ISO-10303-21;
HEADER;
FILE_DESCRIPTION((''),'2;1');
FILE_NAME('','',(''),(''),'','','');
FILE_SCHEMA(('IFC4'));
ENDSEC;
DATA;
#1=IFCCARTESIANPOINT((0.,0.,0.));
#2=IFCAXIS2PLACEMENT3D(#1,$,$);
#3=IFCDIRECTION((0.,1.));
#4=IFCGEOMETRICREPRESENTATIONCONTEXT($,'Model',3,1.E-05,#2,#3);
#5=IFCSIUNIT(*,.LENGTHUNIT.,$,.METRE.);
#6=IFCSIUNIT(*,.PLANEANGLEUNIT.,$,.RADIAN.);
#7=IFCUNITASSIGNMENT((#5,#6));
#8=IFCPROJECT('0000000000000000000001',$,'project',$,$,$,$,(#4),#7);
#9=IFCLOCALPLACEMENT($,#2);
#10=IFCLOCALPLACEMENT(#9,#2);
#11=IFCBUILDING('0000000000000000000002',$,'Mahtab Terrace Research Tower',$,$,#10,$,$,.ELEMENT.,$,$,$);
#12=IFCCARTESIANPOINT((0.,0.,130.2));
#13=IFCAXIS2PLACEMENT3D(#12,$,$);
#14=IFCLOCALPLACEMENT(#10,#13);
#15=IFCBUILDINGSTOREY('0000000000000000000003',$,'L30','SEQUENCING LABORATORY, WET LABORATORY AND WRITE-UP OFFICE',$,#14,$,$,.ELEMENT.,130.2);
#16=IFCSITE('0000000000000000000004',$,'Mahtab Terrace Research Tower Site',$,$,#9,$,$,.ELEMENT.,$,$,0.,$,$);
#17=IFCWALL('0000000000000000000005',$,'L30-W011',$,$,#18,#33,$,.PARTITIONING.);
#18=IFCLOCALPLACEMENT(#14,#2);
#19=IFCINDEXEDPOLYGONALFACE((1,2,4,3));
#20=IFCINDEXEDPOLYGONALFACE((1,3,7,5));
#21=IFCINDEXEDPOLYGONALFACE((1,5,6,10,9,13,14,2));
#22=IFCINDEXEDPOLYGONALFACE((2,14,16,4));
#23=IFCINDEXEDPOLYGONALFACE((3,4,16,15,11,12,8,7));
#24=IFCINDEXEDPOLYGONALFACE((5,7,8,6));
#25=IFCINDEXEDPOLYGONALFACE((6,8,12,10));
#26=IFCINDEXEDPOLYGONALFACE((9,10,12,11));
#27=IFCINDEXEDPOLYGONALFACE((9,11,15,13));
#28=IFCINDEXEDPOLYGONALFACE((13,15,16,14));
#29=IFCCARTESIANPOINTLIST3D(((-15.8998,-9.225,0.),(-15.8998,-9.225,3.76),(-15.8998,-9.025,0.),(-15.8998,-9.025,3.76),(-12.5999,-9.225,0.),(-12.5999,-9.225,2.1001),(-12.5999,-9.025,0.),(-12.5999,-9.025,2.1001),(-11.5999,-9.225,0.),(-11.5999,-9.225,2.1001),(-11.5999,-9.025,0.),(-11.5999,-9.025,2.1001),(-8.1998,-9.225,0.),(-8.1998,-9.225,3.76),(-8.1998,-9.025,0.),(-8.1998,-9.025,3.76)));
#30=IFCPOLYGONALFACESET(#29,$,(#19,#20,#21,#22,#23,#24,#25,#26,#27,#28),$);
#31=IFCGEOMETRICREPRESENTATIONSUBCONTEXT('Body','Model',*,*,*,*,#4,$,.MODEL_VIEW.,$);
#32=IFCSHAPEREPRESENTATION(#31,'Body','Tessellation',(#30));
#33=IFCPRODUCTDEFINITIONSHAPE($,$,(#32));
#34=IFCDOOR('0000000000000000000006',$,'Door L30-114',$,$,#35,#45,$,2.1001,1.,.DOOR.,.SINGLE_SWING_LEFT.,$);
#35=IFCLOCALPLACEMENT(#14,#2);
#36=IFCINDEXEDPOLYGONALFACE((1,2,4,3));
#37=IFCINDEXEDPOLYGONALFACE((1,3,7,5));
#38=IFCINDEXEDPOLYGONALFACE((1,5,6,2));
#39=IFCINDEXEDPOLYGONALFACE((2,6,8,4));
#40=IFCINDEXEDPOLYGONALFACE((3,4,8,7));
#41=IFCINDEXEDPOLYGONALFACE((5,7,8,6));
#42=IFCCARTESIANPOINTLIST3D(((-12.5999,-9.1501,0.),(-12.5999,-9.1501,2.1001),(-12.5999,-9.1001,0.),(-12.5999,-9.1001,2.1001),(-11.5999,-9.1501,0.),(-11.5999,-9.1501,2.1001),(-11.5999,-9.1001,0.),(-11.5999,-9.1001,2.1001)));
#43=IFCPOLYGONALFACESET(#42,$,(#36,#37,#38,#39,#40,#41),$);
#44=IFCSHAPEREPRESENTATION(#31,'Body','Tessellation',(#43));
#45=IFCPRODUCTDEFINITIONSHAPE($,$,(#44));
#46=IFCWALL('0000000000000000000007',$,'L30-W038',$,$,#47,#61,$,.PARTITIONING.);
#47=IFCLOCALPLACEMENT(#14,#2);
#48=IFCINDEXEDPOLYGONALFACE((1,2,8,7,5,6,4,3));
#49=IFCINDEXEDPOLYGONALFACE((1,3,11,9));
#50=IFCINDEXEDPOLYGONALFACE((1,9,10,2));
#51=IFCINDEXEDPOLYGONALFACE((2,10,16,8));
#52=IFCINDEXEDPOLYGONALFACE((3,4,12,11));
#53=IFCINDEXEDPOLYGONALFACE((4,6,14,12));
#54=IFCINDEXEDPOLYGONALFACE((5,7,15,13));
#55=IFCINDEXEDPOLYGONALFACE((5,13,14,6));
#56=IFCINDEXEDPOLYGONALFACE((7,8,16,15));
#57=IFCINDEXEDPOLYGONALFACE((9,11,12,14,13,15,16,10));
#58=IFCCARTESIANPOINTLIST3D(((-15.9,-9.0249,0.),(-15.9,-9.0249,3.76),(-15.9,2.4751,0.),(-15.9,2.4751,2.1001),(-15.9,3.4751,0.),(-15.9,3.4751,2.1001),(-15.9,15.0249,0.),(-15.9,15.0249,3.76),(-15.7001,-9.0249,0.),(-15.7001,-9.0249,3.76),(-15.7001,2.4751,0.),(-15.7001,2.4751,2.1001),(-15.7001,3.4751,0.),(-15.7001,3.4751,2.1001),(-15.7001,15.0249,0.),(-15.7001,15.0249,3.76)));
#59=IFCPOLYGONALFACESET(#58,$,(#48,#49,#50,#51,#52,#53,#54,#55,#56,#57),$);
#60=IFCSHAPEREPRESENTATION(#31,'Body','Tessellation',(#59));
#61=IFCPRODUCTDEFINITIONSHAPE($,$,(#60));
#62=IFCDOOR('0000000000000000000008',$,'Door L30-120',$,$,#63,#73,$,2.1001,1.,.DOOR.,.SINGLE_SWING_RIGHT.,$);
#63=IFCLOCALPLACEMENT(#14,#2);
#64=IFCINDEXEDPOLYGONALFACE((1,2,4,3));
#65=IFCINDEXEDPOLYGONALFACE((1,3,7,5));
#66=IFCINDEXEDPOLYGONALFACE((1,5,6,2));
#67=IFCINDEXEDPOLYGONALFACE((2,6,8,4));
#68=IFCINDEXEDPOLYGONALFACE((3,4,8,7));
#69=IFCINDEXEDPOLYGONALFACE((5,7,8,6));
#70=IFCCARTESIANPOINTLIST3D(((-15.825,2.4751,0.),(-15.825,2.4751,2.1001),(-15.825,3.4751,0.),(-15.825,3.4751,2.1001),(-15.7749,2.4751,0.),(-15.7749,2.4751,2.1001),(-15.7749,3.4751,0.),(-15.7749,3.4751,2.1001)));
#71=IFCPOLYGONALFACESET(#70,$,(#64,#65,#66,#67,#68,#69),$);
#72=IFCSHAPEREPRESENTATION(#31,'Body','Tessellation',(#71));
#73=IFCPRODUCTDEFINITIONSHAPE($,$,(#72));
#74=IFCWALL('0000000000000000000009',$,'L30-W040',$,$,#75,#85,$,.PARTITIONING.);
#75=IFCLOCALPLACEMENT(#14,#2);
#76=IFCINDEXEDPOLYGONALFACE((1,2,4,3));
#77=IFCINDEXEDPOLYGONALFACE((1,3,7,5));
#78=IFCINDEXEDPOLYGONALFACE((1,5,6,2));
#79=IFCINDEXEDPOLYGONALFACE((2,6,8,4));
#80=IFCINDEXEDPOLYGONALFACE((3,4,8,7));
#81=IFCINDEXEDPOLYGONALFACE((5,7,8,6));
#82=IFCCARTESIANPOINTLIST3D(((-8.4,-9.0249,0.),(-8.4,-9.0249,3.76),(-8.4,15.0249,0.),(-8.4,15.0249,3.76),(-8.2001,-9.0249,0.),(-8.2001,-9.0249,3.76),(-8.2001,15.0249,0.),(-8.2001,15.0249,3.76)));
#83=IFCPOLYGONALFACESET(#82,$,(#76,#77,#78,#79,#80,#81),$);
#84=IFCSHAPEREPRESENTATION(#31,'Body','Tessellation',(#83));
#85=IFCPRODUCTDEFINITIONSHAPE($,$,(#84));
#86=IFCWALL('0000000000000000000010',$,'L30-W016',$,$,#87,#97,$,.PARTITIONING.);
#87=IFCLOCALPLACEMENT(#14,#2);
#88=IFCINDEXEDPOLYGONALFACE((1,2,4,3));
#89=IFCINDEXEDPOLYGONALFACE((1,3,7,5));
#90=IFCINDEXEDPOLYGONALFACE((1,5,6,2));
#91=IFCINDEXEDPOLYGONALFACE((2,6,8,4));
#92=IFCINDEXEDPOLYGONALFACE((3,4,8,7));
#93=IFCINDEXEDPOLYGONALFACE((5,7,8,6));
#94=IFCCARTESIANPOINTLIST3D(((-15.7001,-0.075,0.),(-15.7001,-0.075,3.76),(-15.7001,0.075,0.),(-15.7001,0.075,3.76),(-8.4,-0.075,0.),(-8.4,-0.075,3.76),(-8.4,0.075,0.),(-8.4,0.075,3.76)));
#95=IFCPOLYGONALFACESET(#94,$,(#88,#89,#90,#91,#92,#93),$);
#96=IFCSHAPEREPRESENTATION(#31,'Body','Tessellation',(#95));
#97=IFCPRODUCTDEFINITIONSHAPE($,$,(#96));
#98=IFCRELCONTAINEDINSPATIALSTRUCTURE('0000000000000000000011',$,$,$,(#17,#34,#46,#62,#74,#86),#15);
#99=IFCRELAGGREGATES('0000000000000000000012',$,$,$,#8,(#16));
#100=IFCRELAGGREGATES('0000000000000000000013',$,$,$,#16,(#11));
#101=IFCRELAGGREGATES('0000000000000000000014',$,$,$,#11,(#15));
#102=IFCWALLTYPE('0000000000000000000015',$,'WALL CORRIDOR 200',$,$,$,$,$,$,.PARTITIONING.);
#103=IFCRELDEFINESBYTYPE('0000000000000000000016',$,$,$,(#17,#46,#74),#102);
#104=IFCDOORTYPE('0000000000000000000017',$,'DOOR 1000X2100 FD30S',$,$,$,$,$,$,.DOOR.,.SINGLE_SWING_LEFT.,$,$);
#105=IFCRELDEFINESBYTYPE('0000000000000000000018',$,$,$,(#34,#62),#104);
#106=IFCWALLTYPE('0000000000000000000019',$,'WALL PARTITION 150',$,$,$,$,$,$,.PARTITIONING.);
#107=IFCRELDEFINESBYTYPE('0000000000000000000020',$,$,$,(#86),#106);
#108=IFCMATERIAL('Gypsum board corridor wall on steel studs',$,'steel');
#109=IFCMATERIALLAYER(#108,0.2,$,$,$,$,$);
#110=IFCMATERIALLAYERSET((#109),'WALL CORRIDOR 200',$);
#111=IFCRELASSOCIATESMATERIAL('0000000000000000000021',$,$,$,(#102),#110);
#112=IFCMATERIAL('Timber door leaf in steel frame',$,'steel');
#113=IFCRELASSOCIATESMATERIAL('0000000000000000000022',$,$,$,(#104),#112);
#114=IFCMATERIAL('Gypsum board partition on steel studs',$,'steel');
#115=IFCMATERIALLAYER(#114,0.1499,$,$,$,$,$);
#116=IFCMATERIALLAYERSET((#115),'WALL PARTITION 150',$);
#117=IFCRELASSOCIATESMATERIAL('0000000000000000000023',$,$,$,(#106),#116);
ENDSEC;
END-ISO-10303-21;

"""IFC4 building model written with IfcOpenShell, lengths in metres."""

from ifc_helpers import new_model, si_unit, direction, frame, frame_2d, origin, place, context, subcontext, project, spatial, rectangle, extrude, material, layer, layer_set, type_object, element, fill, save


model = new_model("IFC4")

# Units and contexts
model_context = context("Model", 3, precision=1e-05, world=origin(), true_north=direction((0.0, 1.0)))
body_context = subcontext(model_context, "Body", "Model", "MODEL_VIEW")
ifc_project = project(units=[si_unit("LENGTHUNIT", "METRE"), si_unit("PLANEANGLEUNIT", "RADIAN")], contexts=[model_context])

# Site, building, storey
site_placement = place(None, origin())
site = spatial("IfcSite", under=ifc_project, at=site_placement, Name="Mahtab Terrace Research Tower Site", CompositionType="ELEMENT", RefElevation=0.0)
building_placement = place(site_placement, origin())
building = spatial("IfcBuilding", under=site, at=building_placement, Name="Mahtab Terrace Research Tower", CompositionType="ELEMENT")
storey_placement = place(building_placement, frame((0.0, 0.0, 130.2)))
storey = spatial("IfcBuildingStorey", under=building, at=storey_placement, Name="L30", Description="SEQUENCING LABORATORY, WET LABORATORY AND WRITE-UP OFFICE", CompositionType="ELEMENT", Elevation=130.2)

# Walls, openings, doors
ifc_material_1 = material(Name="Gypsum board corridor wall on steel studs", Category="steel")
ifc_layer_1 = layer(ifc_material_1, 0.2)
ifc_layer_set_1 = layer_set([ifc_layer_1], Name="WALL CORRIDOR 200")
wall_type_1 = type_object("IfcWallType", Name="WALL CORRIDOR 200", PredefinedType="PARTITIONING", material=ifc_layer_set_1)
ifc_material_2 = material(Name="Timber door leaf in steel frame", Category="steel")
wall_1_placement = place(storey_placement, frame((-15.8999, -9.125, 0.0), z_axis=(0.0, 0.0, 1.0), x_axis=(1.0, 0.0, 0.0)))
wall_1 = element("IfcWall", 1, at=wall_1_placement, inside=storey, type_object=wall_type_1, Name="L30-W011", PredefinedType="PARTITIONING", context=body_context, shape_type="SweptSolid", body=[
    extrude(rectangle(XDim=7.7, YDim=0.2, at=frame_2d((3.8501, 0.0))), origin(), (0.0, 0.0, 1.0), 3.76),
])
opening_1_placement = place(wall_1_placement, frame((3.3, 0.0, 0.0)))
opening_1 = element("IfcOpeningElement", 2, at=opening_1_placement, cuts=wall_1, PredefinedType="OPENING", context=body_context, shape_type="SweptSolid", body=[
    extrude(rectangle(XDim=1.0, YDim=2.1001, at=frame_2d((0.5, 1.05))), frame((0.0, 0.1099, 0.0), z_axis=(0.0, -1.0, 0.0), x_axis=(1.0, 0.0, 0.0)), (0.0, 0.0, 1.0), 0.22),
])
door_type_1 = type_object("IfcDoorType", Name="DOOR 1000X2100 FD30S", OperationType="SINGLE_SWING_LEFT", PredefinedType="DOOR", material=ifc_material_2)
door_1_placement = place(opening_1_placement, origin())
door_1 = element("IfcDoor", 3, at=door_1_placement, inside=storey, type_object=door_type_1, Name="Door L30-114", OperationType="SINGLE_SWING_LEFT", OverallHeight=2.1001, OverallWidth=1.0, PredefinedType="DOOR", context=body_context, shape_type="SweptSolid", body=[
    extrude(rectangle(XDim=1.0, YDim=2.1001, at=frame_2d((0.5, 1.05))), frame((0.0, 0.0249, 0.0), z_axis=(0.0, -1.0, 0.0), x_axis=(1.0, 0.0, 0.0)), (0.0, 0.0, 1.0), 0.05),
])
fill(opening_1, door_1)
wall_2_placement = place(storey_placement, frame((-15.8, -9.0249, 0.0), z_axis=(0.0, 0.0, 1.0), x_axis=(0.0, 1.0, 0.0)))
wall_2 = element("IfcWall", 4, at=wall_2_placement, inside=storey, type_object=wall_type_1, Name="L30-W038", PredefinedType="PARTITIONING", context=body_context, shape_type="SweptSolid", body=[
    extrude(rectangle(XDim=24.0498, YDim=0.2, at=frame_2d((12.0249, 0.0))), origin(), (0.0, 0.0, 1.0), 3.76),
])
opening_2_placement = place(wall_2_placement, frame((11.5, 0.0, 0.0)))
opening_2 = element("IfcOpeningElement", 5, at=opening_2_placement, cuts=wall_2, PredefinedType="OPENING", context=body_context, shape_type="SweptSolid", body=[
    extrude(rectangle(XDim=1.0, YDim=2.1001, at=frame_2d((0.5, 1.05))), frame((0.0, 0.1099, 0.0), z_axis=(0.0, -1.0, 0.0), x_axis=(1.0, 0.0, 0.0)), (0.0, 0.0, 1.0), 0.22),
])
door_2_placement = place(opening_2_placement, origin())
door_2 = element("IfcDoor", 6, at=door_2_placement, inside=storey, type_object=door_type_1, Name="Door L30-120", OperationType="SINGLE_SWING_RIGHT", OverallHeight=2.1001, OverallWidth=1.0, PredefinedType="DOOR", context=body_context, shape_type="SweptSolid", body=[
    extrude(rectangle(XDim=1.0, YDim=2.1001, at=frame_2d((0.5, 1.05))), frame((0.0, 0.0249, 0.0), z_axis=(0.0, -1.0, 0.0), x_axis=(1.0, 0.0, 0.0)), (0.0, 0.0, 1.0), 0.05),
])
fill(opening_2, door_2)

# Walls
wall_3_placement = place(storey_placement, frame((-8.3, -9.0249, 0.0), z_axis=(0.0, 0.0, 1.0), x_axis=(0.0, 1.0, 0.0)))
element("IfcWall", 7, at=wall_3_placement, inside=storey, type_object=wall_type_1, Name="L30-W040", PredefinedType="PARTITIONING", context=body_context, shape_type="SweptSolid", body=[
    extrude(rectangle(XDim=24.0498, YDim=0.2, at=frame_2d((12.0249, 0.0))), origin(), (0.0, 0.0, 1.0), 3.76),
])
ifc_material_3 = material(Name="Gypsum board partition on steel studs", Category="steel")
ifc_layer_2 = layer(ifc_material_3, 0.1499)
ifc_layer_set_2 = layer_set([ifc_layer_2], Name="WALL PARTITION 150")
wall_type_2 = type_object("IfcWallType", Name="WALL PARTITION 150", PredefinedType="PARTITIONING", material=ifc_layer_set_2)
wall_4_placement = place(storey_placement, frame((-15.7, 0.0, 0.0), z_axis=(0.0, 0.0, 1.0), x_axis=(1.0, 0.0, 0.0)))
element("IfcWall", 8, at=wall_4_placement, inside=storey, type_object=wall_type_2, Name="L30-W016", PredefinedType="PARTITIONING", context=body_context, shape_type="SweptSolid", body=[
    extrude(rectangle(XDim=7.3, YDim=0.1499, at=frame_2d((3.6499, 0.0))), origin(), (0.0, 0.0, 1.0), 3.76),
])

save(model, "model.ifc")
